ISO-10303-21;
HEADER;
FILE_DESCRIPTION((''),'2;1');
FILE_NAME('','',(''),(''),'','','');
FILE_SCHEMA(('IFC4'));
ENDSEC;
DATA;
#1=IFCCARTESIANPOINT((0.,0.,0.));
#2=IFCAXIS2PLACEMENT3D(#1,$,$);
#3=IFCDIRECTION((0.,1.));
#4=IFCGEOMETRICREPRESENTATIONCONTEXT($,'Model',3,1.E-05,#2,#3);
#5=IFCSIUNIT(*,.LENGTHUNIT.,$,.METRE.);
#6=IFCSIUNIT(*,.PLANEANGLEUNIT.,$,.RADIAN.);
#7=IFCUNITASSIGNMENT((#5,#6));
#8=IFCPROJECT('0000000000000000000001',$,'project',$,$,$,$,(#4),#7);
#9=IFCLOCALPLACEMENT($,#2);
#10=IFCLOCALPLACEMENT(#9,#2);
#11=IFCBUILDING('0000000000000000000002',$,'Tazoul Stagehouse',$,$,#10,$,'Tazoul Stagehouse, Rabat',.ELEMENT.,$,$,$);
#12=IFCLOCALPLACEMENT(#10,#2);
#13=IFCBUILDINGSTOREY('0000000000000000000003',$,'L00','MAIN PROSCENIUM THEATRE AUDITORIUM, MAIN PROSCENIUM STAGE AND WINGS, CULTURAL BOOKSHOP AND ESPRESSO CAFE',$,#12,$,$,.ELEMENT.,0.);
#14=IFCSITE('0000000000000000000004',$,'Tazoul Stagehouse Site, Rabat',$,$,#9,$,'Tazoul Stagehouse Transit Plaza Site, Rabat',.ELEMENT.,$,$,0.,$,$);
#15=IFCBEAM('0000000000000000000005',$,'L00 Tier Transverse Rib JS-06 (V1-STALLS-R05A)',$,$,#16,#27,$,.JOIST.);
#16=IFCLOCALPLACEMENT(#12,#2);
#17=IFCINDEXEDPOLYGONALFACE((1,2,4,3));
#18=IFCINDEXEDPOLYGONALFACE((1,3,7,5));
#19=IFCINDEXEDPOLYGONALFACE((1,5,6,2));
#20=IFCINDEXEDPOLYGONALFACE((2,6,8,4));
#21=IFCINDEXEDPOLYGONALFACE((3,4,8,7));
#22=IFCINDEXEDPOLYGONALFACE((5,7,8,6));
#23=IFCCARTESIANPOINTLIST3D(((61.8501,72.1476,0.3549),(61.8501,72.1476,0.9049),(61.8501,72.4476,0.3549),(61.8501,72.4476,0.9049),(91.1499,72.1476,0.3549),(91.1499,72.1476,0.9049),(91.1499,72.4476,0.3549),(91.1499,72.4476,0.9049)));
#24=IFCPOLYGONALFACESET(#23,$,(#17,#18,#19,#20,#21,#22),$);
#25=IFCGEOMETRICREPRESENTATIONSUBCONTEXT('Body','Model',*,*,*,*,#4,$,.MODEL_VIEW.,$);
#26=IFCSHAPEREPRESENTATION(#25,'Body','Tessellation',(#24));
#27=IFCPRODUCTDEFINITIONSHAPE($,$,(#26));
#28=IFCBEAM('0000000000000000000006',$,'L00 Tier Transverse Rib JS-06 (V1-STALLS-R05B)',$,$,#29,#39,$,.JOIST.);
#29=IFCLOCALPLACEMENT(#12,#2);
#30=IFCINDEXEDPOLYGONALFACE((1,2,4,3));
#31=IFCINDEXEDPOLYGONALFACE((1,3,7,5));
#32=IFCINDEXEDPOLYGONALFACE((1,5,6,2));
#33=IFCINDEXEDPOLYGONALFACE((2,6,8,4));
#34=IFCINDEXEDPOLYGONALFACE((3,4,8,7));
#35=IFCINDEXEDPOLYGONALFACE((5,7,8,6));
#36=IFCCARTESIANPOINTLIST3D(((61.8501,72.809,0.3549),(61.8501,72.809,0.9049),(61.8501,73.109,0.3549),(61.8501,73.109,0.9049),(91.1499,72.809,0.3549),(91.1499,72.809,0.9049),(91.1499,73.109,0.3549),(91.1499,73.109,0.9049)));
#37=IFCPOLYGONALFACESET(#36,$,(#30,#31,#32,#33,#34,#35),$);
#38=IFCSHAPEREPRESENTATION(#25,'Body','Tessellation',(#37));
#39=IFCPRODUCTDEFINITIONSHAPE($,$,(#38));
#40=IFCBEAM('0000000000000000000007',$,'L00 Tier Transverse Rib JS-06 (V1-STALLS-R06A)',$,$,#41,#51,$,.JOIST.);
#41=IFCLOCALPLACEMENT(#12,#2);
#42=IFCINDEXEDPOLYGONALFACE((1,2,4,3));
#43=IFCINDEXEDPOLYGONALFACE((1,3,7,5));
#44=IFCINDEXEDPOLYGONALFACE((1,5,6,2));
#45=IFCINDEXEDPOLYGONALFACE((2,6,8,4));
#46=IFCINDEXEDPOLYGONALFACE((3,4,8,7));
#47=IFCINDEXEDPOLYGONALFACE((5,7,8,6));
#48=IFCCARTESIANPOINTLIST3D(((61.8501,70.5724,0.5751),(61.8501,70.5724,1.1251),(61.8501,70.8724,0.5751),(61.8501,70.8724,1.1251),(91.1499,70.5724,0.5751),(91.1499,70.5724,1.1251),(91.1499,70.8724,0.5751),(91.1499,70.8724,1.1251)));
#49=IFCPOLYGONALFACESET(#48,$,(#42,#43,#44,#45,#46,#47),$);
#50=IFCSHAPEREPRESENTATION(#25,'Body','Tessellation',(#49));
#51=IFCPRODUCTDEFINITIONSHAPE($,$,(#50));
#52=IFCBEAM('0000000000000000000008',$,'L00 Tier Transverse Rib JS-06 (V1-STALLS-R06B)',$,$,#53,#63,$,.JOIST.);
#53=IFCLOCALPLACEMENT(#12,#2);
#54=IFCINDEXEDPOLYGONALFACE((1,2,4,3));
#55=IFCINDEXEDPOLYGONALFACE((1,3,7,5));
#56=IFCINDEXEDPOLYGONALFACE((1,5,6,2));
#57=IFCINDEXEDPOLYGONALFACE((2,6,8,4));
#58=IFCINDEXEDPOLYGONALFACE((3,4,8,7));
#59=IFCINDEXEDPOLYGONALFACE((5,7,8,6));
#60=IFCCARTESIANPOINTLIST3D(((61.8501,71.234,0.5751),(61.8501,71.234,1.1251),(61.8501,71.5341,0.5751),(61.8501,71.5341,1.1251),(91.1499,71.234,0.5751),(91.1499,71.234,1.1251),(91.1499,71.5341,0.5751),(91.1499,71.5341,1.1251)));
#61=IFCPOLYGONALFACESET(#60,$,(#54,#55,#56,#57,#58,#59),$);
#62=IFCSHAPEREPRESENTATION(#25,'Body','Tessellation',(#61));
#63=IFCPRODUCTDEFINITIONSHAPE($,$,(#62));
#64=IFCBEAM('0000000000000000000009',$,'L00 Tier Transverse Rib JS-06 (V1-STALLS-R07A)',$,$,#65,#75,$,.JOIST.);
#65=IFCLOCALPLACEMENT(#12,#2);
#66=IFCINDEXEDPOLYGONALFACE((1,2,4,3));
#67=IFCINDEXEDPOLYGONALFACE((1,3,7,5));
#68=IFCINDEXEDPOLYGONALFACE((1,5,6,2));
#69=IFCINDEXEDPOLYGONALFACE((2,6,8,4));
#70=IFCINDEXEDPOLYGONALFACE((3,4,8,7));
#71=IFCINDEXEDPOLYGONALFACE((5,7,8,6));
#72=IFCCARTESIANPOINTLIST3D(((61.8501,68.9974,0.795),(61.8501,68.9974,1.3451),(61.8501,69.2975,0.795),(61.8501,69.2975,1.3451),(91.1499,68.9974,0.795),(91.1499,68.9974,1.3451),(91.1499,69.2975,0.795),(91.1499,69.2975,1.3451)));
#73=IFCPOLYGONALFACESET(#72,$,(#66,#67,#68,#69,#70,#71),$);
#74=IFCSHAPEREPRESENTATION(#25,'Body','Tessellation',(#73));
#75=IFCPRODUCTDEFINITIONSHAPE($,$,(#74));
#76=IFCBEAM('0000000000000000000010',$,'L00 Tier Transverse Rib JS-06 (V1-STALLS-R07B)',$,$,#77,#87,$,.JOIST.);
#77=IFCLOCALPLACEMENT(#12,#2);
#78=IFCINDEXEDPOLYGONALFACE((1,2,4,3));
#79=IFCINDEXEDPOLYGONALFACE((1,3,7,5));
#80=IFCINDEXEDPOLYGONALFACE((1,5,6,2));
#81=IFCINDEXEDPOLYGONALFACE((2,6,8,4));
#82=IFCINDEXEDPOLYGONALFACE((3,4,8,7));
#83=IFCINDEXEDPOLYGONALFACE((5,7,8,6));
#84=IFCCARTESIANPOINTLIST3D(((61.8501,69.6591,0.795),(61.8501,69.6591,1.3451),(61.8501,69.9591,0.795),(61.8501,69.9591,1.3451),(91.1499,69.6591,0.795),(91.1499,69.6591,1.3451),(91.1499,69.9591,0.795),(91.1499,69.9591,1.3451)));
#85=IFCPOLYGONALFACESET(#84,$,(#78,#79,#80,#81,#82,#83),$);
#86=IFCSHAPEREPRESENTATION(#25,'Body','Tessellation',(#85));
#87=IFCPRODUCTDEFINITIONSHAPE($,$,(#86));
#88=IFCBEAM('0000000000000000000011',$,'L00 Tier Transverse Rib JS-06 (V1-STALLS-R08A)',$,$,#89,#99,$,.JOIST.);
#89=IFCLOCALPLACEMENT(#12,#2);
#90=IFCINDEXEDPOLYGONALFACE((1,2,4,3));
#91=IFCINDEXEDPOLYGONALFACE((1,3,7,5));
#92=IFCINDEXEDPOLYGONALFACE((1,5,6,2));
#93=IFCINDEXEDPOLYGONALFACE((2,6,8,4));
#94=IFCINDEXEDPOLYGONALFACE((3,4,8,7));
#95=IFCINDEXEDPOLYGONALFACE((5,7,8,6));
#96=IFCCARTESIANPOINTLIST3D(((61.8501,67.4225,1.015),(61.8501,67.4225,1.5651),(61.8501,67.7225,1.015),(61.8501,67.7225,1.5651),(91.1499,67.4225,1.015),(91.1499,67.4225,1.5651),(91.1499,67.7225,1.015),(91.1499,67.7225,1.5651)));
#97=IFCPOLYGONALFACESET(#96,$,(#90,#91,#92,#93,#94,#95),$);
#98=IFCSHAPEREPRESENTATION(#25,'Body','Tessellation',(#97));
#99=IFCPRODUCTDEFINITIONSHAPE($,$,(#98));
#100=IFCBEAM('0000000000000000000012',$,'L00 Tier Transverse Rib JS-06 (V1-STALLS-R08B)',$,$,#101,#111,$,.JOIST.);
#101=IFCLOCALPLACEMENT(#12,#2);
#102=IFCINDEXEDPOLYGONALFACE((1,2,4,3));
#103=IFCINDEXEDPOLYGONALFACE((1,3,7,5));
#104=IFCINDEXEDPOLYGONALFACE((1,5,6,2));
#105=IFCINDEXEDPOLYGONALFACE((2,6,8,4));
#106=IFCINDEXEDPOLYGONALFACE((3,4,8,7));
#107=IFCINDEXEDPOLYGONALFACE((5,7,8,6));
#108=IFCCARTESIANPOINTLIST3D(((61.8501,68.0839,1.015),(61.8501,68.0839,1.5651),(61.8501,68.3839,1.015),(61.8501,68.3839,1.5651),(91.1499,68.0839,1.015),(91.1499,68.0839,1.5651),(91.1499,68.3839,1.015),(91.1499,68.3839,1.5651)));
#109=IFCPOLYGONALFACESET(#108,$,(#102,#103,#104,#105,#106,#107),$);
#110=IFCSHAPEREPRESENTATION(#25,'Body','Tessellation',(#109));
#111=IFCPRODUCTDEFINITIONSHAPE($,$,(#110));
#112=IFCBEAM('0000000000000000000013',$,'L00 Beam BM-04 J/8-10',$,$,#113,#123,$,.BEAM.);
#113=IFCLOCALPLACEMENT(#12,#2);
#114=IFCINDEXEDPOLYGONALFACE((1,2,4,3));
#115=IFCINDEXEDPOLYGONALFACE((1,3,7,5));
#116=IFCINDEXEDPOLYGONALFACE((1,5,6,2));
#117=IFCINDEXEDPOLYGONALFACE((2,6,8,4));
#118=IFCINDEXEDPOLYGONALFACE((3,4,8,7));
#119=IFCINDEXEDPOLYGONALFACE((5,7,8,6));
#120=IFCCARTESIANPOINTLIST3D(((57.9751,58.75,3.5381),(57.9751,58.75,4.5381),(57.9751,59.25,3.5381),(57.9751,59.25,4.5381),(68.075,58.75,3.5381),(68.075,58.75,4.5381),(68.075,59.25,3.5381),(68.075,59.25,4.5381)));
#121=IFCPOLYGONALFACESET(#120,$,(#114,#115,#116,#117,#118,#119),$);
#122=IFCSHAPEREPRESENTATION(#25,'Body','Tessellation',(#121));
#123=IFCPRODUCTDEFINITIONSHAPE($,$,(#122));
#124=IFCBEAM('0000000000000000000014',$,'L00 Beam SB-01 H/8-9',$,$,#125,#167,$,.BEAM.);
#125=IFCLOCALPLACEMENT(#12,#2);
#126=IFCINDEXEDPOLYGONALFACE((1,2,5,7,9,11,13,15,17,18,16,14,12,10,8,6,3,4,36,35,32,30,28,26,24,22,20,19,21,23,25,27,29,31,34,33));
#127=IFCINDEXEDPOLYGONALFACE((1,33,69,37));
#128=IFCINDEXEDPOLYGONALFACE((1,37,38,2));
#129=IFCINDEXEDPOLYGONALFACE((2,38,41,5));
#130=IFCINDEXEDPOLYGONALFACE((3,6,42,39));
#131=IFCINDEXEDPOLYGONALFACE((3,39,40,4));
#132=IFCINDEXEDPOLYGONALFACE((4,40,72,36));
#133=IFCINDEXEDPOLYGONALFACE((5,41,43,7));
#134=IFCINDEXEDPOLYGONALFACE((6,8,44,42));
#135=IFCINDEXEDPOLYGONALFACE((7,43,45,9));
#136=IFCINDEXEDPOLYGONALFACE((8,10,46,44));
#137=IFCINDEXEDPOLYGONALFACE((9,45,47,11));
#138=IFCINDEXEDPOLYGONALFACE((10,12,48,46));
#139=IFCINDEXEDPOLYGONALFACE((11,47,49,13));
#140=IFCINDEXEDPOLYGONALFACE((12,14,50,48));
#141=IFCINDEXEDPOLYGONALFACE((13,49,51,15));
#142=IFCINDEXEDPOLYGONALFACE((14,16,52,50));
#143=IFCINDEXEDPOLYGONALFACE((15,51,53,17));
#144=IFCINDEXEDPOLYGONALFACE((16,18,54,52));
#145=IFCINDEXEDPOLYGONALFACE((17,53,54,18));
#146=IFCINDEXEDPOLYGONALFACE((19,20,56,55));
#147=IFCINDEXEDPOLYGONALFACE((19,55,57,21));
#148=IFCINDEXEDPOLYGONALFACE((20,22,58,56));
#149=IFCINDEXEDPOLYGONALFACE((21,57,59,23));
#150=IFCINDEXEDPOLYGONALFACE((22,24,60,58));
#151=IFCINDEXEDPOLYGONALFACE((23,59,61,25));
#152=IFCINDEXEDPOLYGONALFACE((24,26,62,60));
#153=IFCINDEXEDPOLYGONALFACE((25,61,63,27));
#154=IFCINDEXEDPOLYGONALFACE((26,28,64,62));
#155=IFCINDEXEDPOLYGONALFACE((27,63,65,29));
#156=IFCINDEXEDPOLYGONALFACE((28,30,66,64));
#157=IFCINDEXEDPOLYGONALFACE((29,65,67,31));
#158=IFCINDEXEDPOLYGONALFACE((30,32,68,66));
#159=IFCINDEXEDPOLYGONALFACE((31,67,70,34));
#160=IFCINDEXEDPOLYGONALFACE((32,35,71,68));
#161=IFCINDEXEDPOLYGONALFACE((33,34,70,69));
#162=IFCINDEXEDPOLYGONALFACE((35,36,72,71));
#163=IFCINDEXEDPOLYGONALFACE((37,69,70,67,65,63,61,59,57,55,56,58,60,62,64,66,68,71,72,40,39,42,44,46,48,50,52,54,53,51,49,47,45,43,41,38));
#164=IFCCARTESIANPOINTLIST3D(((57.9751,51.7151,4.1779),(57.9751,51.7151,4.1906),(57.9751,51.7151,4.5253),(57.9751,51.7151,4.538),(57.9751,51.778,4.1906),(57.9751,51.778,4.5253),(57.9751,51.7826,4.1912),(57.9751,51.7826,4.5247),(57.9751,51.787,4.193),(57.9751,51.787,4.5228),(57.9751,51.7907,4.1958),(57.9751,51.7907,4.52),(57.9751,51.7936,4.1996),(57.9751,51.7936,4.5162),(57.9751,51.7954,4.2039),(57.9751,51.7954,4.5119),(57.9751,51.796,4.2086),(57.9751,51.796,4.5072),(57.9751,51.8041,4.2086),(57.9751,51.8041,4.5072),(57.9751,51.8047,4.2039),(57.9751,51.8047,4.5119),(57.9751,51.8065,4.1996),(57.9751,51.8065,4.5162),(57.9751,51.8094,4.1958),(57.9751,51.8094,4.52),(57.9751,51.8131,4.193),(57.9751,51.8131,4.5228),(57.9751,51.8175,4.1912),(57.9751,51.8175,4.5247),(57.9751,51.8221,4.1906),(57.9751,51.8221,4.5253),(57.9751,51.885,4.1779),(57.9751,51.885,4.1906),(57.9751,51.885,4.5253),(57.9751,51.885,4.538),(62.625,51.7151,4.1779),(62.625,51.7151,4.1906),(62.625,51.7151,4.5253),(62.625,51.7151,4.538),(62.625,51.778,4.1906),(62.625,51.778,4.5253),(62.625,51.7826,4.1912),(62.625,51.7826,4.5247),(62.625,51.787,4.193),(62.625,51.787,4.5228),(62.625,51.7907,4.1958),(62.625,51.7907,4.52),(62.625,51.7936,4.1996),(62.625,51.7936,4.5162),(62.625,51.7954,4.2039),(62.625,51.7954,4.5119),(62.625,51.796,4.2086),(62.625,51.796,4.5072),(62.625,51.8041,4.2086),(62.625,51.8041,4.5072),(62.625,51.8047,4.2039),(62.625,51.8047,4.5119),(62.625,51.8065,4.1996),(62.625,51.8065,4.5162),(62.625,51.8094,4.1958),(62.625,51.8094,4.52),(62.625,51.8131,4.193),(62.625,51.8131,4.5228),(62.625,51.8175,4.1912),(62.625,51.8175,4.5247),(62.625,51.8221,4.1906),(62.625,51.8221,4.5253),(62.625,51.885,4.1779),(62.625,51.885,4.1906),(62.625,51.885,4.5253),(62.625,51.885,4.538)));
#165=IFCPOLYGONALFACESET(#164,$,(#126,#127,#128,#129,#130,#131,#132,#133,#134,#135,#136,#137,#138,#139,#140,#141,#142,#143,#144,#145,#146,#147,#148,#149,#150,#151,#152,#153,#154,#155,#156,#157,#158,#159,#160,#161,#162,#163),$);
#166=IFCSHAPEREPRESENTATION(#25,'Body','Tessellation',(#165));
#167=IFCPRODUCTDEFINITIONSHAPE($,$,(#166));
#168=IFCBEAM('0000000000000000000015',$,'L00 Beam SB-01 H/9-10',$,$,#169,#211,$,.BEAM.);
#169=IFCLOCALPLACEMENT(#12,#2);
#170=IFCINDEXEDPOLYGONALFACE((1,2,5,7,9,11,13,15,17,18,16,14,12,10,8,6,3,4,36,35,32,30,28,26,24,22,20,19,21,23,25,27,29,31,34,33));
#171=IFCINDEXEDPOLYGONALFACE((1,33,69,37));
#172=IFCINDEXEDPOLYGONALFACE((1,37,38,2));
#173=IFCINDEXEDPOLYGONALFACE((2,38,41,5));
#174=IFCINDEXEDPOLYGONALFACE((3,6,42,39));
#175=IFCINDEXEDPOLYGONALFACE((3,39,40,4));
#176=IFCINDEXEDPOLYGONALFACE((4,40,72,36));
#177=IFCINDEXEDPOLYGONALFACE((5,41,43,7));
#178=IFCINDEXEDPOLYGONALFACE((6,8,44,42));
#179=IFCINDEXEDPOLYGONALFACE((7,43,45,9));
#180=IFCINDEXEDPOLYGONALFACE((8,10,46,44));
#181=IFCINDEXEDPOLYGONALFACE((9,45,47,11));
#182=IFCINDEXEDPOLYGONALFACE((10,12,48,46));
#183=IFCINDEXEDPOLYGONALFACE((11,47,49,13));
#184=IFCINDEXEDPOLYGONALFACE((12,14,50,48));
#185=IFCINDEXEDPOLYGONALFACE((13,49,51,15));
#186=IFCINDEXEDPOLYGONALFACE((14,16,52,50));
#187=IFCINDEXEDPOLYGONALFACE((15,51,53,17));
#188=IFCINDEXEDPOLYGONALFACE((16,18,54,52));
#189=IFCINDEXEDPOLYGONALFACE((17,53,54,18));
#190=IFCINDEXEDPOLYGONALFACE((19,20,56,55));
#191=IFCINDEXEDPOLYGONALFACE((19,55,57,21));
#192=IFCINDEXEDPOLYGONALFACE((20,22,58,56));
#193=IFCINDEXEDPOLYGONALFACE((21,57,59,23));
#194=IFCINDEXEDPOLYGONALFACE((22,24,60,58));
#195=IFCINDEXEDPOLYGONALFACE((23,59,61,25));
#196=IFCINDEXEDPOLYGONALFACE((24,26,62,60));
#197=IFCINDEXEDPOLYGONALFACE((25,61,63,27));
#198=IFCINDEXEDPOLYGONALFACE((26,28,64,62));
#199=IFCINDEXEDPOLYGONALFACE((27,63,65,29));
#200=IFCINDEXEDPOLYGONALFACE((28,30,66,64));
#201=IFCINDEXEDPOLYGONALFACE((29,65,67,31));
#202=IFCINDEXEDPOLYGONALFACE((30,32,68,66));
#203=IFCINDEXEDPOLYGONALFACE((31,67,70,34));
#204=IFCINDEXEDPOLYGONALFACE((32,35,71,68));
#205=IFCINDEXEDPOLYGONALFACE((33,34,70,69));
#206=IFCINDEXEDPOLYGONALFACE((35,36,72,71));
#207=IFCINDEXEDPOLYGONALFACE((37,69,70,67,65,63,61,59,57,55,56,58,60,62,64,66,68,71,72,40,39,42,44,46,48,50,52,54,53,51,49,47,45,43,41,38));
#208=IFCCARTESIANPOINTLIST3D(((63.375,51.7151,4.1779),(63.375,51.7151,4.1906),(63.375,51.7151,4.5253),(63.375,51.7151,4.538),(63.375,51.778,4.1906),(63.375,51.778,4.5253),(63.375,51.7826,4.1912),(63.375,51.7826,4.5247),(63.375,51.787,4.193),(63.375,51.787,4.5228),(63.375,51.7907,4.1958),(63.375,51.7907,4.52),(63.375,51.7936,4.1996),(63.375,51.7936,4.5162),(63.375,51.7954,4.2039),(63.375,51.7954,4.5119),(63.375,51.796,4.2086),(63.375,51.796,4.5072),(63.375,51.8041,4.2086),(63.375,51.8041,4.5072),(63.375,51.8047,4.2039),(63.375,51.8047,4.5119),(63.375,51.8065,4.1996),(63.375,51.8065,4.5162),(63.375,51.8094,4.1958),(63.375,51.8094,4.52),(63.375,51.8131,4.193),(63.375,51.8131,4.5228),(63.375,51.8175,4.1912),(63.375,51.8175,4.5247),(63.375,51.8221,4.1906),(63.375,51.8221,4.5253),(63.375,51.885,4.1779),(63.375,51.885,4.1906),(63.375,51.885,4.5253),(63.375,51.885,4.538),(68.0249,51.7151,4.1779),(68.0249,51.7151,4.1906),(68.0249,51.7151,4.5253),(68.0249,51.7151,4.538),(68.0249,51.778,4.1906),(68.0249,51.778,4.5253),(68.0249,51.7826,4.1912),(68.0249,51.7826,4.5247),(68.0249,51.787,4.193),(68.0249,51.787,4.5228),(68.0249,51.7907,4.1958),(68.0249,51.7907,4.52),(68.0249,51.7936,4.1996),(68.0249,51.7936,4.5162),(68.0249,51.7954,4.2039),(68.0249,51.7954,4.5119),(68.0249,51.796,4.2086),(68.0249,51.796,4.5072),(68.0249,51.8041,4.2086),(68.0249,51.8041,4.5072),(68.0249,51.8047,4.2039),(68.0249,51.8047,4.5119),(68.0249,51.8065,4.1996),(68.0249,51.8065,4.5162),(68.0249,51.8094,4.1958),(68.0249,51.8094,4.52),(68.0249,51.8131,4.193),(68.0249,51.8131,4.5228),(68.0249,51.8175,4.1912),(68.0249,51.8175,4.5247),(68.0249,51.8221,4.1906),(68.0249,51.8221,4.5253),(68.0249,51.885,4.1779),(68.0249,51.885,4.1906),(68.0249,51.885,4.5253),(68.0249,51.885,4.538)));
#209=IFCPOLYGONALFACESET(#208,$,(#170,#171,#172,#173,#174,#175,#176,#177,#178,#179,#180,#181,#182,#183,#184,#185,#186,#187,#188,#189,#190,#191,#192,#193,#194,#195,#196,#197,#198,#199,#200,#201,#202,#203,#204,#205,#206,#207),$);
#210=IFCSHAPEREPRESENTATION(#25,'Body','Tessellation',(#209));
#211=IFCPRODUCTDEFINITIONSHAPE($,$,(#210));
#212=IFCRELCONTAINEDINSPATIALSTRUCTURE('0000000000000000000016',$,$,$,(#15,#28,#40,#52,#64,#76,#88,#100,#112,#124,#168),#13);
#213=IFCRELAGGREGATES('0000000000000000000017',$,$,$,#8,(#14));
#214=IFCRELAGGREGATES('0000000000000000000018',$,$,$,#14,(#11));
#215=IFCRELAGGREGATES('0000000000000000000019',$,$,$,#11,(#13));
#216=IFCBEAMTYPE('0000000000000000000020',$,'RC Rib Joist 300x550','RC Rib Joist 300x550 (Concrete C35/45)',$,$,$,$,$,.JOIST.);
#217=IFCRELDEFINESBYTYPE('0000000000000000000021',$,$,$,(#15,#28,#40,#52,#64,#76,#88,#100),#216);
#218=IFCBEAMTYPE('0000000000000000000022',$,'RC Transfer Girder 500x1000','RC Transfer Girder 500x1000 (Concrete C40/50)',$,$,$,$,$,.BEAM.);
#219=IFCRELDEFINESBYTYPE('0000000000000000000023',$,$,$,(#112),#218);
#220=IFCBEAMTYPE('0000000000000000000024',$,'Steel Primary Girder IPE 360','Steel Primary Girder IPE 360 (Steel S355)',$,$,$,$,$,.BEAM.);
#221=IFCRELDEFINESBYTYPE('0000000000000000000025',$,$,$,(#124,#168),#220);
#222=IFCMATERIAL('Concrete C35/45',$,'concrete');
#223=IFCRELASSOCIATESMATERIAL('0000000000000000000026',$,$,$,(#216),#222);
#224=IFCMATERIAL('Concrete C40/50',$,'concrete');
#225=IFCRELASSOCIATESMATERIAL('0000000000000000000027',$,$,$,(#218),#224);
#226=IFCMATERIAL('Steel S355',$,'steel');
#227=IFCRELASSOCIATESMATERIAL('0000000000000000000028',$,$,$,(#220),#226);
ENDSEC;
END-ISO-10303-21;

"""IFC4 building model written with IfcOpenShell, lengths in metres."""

from ifc_helpers import new_model, si_unit, direction, frame, origin, origin_2d, place, context, subcontext, project, spatial, rectangle, i_section, extrude, material, material_profile, profile_set, type_object, element, save


model = new_model("IFC4")

# Units and contexts
model_context = context("Model", 3, precision=1e-05, world=origin(), true_north=direction((0.0, 1.0)))
body_context = subcontext(model_context, "Body", "Model", "MODEL_VIEW")
ifc_project = project(units=[si_unit("LENGTHUNIT", "METRE"), si_unit("PLANEANGLEUNIT", "RADIAN")], contexts=[model_context])

# Site, building, storey
site_placement = place(None, origin())
site = spatial("IfcSite", under=ifc_project, at=site_placement, Name="Tazoul Stagehouse Site, Rabat", LongName="Tazoul Stagehouse Transit Plaza Site, Rabat", CompositionType="ELEMENT", RefElevation=0.0)
building_placement = place(site_placement, origin())
building = spatial("IfcBuilding", under=site, at=building_placement, Name="Tazoul Stagehouse", LongName="Tazoul Stagehouse, Rabat", CompositionType="ELEMENT")
storey_placement = place(building_placement, origin())
storey = spatial("IfcBuildingStorey", under=building, at=storey_placement, Name="L00", Description="MAIN PROSCENIUM THEATRE AUDITORIUM, MAIN PROSCENIUM STAGE AND WINGS, CULTURAL BOOKSHOP AND ESPRESSO CAFE", CompositionType="ELEMENT", Elevation=0.0)

# Shared definitions
ifc_material_1 = material(Name="Concrete C40/50", Category="concrete")

# Beams
ifc_material_2 = material(Name="Concrete C35/45", Category="concrete")
ifc_material_profile_1 = material_profile(ifc_material_2, rectangle(XDim=0.3, YDim=0.55, at=origin_2d()), Name="RC 300x550")
ifc_profile_set_1 = profile_set([ifc_material_profile_1], Name="Concrete C35/45")
beam_type_1 = type_object("IfcBeamType", Name="RC Rib Joist 300x550", Description="RC Rib Joist 300x550 (Concrete C35/45)", PredefinedType="JOIST", material=ifc_profile_set_1)
for number, where, z_axis, x_axis, name in (
    (1, (61.8501, 72.2976, 0.6299), (1.0, 0.0, 0.0), (0.0, 1.0, 0.0), "L00 Tier Transverse Rib JS-06 (V1-STALLS-R05A)"),
    (2, (61.8501, 72.959, 0.6299), (1.0, 0.0, 0.0), (0.0, 1.0, 0.0), "L00 Tier Transverse Rib JS-06 (V1-STALLS-R05B)"),
    (3, (61.8501, 70.7224, 0.8501), (1.0, 0.0, 0.0), (0.0, 1.0, 0.0), "L00 Tier Transverse Rib JS-06 (V1-STALLS-R06A)"),
    (4, (61.8501, 71.384, 0.8501), (1.0, 0.0, 0.0), (0.0, 1.0, 0.0), "L00 Tier Transverse Rib JS-06 (V1-STALLS-R06B)"),
    (5, (61.8501, 69.1475, 1.0701), (1.0, 0.0, 0.0), (0.0, 1.0, 0.0), "L00 Tier Transverse Rib JS-06 (V1-STALLS-R07A)"),
    (6, (61.8501, 69.8091, 1.0701), (1.0, 0.0, 0.0), (0.0, 1.0, 0.0), "L00 Tier Transverse Rib JS-06 (V1-STALLS-R07B)"),
    (7, (61.8501, 67.5725, 1.29), (1.0, 0.0, 0.0), (0.0, 1.0, 0.0), "L00 Tier Transverse Rib JS-06 (V1-STALLS-R08A)"),
    (8, (61.8501, 68.2339, 1.29), (1.0, 0.0, 0.0), (0.0, 1.0, 0.0), "L00 Tier Transverse Rib JS-06 (V1-STALLS-R08B)"),
):
    element("IfcBeam", number, at=place(storey_placement, frame(where, z_axis=z_axis, x_axis=x_axis)), inside=storey, type_object=beam_type_1, Name=name, PredefinedType="JOIST", context=body_context, shape_type="SweptSolid", body=[
        extrude(rectangle(XDim=0.3, YDim=0.55, at=origin_2d()), origin(), (0.0, 0.0, 1.0), 29.2998),
    ])
ifc_material_profile_2 = material_profile(ifc_material_1, rectangle(XDim=0.5, YDim=1.0, at=origin_2d()), Name="RC 500x1000")
ifc_profile_set_2 = profile_set([ifc_material_profile_2], Name="Concrete C40/50")
beam_type_2 = type_object("IfcBeamType", Name="RC Transfer Girder 500x1000", Description="RC Transfer Girder 500x1000 (Concrete C40/50)", PredefinedType="BEAM", material=ifc_profile_set_2)
beam_1_placement = place(storey_placement, frame((57.9751, 59.0, 4.0381), z_axis=(1.0, 0.0, 0.0), x_axis=(0.0, 1.0, 0.0)))
element("IfcBeam", 9, at=beam_1_placement, inside=storey, type_object=beam_type_2, Name="L00 Beam BM-04 J/8-10", PredefinedType="BEAM", context=body_context, shape_type="SweptSolid", body=[
    extrude(rectangle(XDim=0.5, YDim=1.0, at=origin_2d()), origin(), (0.0, 0.0, 1.0), 10.0999),
])
ifc_material_3 = material(Name="Steel S355", Category="steel")
ifc_material_profile_3 = material_profile(ifc_material_3, i_section(OverallWidth=0.1699, OverallDepth=0.3601, WebThickness=0.0081, FlangeThickness=0.0127, FilletRadius=0.0181, at=origin_2d()), Name="IPE 360")
ifc_profile_set_3 = profile_set([ifc_material_profile_3], Name="Steel S355")
beam_type_3 = type_object("IfcBeamType", Name="Steel Primary Girder IPE 360", Description="Steel Primary Girder IPE 360 (Steel S355)", PredefinedType="BEAM", material=ifc_profile_set_3)
for number, where, z_axis, x_axis, name in (
    (10, (57.9751, 51.8, 4.3579), (1.0, 0.0, 0.0), (0.0, 1.0, 0.0), "L00 Beam SB-01 H/8-9"),
    (11, (63.375, 51.8, 4.3579), (1.0, 0.0, 0.0), (0.0, 1.0, 0.0), "L00 Beam SB-01 H/9-10"),
):
    element("IfcBeam", number, at=place(storey_placement, frame(where, z_axis=z_axis, x_axis=x_axis)), inside=storey, type_object=beam_type_3, Name=name, PredefinedType="BEAM", context=body_context, shape_type="SweptSolid", body=[
        extrude(i_section(OverallWidth=0.1699, OverallDepth=0.3601, WebThickness=0.0081, FlangeThickness=0.0127, FilletRadius=0.0181, at=origin_2d()), origin(), (0.0, 0.0, 1.0), 4.6499),
    ])

save(model, "model.ifc")
